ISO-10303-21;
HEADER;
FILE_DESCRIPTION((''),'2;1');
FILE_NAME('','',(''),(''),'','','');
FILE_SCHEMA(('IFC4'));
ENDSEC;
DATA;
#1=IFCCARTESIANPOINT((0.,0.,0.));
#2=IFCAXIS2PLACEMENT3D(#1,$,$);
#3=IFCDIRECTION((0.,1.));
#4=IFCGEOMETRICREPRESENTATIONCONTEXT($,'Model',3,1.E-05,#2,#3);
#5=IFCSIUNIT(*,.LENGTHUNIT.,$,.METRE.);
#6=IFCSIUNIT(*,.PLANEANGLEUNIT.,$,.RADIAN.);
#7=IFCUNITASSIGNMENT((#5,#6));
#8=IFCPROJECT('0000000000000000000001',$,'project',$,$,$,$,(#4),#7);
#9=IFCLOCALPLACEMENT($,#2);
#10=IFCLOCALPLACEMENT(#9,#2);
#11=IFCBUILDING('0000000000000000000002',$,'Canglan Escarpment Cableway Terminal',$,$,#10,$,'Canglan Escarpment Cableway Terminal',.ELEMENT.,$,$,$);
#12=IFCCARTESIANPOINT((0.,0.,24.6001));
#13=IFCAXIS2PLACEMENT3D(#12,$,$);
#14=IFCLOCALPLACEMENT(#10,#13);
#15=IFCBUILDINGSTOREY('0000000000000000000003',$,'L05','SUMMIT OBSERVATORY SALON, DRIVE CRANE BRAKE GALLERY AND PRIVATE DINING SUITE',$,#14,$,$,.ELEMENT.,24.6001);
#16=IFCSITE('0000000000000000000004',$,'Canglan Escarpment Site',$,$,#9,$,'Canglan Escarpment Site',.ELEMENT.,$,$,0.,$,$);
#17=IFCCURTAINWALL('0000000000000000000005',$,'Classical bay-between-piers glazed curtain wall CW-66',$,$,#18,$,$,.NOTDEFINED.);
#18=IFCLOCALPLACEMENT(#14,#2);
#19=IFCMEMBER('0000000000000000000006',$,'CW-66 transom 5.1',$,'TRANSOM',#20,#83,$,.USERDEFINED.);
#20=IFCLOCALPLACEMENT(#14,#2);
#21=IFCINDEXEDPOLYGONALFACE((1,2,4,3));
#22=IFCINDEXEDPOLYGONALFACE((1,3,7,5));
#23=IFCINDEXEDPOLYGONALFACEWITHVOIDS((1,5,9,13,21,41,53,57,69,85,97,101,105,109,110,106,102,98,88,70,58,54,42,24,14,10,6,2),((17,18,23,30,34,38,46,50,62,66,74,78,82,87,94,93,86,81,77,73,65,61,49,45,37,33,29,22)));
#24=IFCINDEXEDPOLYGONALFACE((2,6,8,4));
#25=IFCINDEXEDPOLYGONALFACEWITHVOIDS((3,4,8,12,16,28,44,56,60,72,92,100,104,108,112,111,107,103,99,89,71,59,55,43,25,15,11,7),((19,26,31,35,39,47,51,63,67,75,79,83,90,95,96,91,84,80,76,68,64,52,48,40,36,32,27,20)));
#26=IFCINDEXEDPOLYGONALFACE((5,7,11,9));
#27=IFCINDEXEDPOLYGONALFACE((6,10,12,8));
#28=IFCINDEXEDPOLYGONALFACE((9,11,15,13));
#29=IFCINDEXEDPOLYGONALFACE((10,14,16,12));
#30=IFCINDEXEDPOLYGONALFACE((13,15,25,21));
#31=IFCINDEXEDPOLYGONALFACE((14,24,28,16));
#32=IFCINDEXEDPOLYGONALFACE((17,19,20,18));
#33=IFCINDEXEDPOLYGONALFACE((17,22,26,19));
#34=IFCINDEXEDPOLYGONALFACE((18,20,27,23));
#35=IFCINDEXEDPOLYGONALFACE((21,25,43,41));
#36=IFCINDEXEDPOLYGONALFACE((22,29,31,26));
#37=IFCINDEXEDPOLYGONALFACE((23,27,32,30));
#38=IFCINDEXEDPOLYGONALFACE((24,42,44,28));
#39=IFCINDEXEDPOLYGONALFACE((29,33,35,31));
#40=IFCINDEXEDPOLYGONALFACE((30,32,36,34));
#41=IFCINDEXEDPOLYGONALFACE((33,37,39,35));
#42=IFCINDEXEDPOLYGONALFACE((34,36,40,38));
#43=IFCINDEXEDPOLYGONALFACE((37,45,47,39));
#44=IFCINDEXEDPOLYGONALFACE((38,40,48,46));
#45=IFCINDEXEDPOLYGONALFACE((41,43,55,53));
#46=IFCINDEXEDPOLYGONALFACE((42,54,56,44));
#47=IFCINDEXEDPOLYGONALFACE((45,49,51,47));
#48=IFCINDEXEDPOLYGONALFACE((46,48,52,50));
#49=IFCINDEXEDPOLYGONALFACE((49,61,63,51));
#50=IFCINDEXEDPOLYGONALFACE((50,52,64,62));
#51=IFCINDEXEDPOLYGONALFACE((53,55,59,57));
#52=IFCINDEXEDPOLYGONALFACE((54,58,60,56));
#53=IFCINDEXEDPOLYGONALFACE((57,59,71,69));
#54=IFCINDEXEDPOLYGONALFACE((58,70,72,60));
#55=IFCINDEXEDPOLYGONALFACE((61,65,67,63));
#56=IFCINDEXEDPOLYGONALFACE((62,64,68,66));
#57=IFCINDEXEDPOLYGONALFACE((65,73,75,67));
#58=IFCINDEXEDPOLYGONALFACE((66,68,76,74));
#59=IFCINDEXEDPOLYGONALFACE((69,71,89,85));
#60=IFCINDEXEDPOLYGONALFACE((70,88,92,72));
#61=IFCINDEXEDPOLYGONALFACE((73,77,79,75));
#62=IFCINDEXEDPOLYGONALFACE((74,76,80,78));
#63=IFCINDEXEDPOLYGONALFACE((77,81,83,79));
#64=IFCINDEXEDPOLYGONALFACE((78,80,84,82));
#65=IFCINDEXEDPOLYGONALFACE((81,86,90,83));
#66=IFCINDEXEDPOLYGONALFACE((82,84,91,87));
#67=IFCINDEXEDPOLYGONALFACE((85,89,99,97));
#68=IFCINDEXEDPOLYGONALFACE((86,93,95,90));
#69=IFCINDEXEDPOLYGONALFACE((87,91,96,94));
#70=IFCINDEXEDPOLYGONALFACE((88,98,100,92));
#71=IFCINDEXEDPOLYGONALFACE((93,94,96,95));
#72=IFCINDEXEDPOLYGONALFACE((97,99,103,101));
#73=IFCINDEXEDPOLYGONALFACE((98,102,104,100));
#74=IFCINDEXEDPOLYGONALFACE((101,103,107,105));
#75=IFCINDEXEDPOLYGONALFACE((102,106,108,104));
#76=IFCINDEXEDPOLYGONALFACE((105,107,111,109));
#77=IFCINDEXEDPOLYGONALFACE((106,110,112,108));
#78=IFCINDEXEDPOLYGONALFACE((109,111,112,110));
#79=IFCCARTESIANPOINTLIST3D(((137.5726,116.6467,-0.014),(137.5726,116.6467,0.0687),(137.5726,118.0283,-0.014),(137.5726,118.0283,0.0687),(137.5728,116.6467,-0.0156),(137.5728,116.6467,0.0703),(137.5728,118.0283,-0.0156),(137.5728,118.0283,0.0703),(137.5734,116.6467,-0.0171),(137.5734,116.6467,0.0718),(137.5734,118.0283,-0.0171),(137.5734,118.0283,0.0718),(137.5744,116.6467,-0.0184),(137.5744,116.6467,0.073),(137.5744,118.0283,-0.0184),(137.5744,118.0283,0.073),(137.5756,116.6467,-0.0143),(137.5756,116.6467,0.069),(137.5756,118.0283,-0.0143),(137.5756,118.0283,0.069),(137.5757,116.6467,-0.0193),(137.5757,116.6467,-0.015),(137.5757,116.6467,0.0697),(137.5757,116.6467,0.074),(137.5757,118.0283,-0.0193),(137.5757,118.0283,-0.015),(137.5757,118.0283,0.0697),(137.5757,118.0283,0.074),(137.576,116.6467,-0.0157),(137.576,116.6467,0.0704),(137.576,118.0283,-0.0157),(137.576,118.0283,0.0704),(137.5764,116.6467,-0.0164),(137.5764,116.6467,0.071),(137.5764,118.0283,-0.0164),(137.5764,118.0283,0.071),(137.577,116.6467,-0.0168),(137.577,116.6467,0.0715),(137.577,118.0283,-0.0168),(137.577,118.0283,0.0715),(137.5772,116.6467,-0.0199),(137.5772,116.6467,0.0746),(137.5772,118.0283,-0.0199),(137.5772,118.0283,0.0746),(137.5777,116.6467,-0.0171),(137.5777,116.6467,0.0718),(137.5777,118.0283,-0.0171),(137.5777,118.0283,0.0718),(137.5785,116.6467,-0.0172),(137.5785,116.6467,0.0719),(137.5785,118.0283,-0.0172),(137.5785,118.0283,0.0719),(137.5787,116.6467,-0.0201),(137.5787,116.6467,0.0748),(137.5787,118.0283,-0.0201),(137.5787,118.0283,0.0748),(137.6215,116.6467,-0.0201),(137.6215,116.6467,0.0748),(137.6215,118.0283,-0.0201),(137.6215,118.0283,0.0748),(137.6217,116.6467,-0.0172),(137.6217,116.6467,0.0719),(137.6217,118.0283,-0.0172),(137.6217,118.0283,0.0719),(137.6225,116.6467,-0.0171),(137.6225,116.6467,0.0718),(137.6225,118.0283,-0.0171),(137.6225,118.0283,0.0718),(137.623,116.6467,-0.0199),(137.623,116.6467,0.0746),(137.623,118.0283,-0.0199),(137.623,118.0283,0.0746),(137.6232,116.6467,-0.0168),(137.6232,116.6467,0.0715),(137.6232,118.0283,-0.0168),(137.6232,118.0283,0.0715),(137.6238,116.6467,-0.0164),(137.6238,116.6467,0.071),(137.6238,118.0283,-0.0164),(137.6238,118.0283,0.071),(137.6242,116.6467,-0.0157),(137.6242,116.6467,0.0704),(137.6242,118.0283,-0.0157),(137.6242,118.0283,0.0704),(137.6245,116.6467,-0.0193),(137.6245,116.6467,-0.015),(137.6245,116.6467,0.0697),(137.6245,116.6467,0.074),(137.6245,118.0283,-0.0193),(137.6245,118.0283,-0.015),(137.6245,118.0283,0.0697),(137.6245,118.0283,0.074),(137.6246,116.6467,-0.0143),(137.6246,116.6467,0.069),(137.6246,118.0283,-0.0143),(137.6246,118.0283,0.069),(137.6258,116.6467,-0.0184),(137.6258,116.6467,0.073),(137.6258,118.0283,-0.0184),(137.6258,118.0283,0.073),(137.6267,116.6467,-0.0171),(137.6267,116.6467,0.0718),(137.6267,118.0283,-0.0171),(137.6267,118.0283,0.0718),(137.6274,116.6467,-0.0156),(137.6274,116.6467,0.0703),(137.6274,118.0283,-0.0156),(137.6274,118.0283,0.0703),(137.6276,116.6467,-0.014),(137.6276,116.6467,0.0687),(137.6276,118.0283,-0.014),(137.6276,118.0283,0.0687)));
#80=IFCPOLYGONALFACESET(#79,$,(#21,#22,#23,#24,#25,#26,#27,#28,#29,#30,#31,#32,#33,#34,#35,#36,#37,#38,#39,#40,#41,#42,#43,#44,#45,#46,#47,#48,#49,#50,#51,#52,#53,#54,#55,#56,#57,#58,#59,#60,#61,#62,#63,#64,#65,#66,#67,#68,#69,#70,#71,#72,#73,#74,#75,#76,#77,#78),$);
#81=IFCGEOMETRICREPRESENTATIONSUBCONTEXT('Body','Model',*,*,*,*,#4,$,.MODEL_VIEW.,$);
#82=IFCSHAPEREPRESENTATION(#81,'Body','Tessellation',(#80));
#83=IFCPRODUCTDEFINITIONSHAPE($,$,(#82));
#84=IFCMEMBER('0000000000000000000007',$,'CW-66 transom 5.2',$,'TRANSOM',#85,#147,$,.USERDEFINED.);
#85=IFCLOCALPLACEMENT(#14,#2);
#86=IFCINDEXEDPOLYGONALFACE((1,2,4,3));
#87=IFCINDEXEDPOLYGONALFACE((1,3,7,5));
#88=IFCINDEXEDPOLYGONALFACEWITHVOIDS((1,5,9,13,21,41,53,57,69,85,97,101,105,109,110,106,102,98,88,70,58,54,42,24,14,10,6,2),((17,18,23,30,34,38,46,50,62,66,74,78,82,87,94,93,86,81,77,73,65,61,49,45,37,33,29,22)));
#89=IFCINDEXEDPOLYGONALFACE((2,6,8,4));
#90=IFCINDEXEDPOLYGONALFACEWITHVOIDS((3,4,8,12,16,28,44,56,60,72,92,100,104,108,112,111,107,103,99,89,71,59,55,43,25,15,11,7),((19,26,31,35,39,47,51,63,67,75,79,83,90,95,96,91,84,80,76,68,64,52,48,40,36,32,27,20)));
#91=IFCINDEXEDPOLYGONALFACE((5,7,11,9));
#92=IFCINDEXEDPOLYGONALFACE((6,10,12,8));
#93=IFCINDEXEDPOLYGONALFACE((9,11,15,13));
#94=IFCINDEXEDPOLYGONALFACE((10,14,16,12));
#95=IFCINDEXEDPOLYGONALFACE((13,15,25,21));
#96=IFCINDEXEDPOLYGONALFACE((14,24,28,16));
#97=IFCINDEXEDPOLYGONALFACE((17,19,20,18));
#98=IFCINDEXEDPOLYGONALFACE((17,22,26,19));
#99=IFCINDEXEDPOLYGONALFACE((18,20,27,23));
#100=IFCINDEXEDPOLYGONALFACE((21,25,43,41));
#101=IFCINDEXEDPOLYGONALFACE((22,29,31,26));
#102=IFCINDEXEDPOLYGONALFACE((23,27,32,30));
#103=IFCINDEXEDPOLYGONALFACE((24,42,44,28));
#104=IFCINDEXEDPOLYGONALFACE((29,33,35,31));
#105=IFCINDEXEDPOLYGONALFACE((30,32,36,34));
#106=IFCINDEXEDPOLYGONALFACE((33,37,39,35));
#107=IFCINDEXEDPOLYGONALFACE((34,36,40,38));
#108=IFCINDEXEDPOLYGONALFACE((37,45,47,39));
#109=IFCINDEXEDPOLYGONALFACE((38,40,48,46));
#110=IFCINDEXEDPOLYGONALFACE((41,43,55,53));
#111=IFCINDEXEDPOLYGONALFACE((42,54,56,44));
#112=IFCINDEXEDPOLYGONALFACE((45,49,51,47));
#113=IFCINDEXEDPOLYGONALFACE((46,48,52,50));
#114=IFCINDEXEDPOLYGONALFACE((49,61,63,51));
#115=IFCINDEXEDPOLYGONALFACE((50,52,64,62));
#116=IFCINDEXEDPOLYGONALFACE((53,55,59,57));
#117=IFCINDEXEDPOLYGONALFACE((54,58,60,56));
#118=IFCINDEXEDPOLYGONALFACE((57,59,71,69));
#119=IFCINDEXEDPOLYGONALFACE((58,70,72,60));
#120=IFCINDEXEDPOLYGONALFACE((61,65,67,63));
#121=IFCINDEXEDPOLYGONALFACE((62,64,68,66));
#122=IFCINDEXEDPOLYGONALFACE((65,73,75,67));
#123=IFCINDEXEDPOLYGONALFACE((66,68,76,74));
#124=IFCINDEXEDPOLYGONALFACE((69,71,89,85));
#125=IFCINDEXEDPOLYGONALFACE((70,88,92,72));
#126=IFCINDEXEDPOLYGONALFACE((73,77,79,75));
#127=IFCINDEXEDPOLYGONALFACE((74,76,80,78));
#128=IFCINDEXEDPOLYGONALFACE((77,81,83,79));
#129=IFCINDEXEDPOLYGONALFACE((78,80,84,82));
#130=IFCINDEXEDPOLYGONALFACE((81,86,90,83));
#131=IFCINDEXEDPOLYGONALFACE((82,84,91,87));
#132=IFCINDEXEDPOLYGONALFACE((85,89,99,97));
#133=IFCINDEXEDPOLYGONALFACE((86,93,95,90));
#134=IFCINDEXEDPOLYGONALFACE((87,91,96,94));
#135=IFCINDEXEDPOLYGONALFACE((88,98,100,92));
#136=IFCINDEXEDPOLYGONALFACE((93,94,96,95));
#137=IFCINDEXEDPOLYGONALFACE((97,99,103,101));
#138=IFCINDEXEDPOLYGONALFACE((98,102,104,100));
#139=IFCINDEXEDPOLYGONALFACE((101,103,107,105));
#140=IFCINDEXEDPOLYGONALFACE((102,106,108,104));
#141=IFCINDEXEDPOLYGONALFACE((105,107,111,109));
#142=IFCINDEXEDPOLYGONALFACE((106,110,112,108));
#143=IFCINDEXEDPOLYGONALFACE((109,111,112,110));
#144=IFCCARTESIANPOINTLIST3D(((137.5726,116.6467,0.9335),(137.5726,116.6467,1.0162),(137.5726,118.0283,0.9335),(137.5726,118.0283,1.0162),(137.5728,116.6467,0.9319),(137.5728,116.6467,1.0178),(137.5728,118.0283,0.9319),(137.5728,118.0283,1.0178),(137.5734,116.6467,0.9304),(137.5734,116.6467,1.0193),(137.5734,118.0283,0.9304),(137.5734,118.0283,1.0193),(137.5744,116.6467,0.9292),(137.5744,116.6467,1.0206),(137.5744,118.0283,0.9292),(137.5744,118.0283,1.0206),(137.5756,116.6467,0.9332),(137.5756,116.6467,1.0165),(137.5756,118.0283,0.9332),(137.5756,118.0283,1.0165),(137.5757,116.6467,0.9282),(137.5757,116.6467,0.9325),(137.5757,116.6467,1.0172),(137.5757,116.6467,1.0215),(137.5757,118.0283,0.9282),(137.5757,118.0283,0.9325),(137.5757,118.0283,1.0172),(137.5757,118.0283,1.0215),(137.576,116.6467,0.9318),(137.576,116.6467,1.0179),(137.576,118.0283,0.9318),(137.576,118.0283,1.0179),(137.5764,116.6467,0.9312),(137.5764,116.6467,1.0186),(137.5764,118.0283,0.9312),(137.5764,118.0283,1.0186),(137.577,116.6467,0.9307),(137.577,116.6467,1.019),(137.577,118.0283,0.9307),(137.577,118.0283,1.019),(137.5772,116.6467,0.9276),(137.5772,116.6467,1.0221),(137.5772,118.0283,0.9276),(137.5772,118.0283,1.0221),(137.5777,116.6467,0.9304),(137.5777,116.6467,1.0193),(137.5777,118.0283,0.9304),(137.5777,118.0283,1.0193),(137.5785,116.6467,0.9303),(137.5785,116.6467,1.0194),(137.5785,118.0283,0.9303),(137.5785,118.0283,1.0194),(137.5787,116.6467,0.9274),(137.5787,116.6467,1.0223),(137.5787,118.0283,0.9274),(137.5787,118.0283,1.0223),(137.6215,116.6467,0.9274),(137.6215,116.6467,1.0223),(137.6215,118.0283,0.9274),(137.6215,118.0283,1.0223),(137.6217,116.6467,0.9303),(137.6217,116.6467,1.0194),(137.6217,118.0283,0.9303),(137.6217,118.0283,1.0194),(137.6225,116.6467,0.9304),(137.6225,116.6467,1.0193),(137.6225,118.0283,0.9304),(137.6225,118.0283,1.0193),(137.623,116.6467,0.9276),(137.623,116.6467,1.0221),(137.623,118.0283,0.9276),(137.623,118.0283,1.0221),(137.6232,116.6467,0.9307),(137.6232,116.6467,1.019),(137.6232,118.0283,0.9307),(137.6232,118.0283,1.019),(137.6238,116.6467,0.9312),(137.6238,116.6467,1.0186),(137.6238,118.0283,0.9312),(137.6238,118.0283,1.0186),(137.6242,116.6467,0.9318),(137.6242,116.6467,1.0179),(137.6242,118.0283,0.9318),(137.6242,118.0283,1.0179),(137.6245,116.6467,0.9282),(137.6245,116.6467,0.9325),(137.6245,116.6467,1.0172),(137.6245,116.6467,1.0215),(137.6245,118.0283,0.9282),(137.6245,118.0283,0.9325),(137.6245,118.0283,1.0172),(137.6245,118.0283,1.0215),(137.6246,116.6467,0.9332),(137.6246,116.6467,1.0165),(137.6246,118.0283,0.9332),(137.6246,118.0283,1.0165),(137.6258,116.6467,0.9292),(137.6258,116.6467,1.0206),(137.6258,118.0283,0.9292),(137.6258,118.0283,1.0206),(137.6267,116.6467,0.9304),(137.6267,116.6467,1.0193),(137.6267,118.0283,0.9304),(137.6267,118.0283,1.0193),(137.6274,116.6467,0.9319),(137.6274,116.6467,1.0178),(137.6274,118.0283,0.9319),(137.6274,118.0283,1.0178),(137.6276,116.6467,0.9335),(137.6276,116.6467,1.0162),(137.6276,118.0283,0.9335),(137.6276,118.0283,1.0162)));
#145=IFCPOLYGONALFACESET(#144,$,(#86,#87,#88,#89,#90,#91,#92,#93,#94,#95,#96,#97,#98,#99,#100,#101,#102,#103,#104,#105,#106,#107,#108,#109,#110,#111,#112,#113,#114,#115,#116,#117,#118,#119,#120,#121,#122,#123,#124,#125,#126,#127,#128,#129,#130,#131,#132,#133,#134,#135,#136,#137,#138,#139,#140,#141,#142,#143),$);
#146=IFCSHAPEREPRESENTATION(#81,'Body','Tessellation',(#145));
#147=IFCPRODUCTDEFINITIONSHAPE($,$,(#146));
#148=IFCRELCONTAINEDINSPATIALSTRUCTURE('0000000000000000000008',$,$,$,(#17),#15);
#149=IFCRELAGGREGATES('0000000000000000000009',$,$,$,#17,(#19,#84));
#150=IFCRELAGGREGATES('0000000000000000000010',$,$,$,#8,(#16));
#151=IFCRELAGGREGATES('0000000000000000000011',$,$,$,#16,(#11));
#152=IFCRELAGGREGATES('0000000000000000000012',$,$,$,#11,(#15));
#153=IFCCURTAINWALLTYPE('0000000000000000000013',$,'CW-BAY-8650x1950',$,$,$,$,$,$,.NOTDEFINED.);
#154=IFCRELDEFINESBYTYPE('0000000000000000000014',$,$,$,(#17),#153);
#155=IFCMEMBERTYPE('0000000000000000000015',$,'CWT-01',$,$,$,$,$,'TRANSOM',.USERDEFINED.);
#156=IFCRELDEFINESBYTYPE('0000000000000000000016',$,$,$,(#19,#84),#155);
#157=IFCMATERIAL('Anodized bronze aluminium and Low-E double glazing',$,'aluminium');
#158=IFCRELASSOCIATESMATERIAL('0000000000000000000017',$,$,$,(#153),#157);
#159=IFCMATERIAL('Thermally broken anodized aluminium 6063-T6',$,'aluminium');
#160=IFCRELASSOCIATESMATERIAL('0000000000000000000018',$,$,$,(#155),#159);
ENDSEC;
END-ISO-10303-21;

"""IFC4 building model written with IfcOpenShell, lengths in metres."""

from ifc_helpers import new_model, si_unit, direction, frame, origin, origin_2d, place, context, subcontext, project, spatial, hollow_rectangle, extrude, material, material_profile, profile_set, type_object, element, aggregate, save


model = new_model("IFC4")

# Units and contexts
model_context = context("Model", 3, precision=1e-05, world=origin(), true_north=direction((0.0, 1.0)))
body_context = subcontext(model_context, "Body", "Model", "MODEL_VIEW")
ifc_project = project(units=[si_unit("LENGTHUNIT", "METRE"), si_unit("PLANEANGLEUNIT", "RADIAN")], contexts=[model_context])

# Site, building, storey
site_placement = place(None, origin())
site = spatial("IfcSite", under=ifc_project, at=site_placement, Name="Canglan Escarpment Site", LongName="Canglan Escarpment Site", CompositionType="ELEMENT", RefElevation=0.0)
building_placement = place(site_placement, origin())
building = spatial("IfcBuilding", under=site, at=building_placement, Name="Canglan Escarpment Cableway Terminal", LongName="Canglan Escarpment Cableway Terminal", CompositionType="ELEMENT")
storey_placement = place(building_placement, frame((0.0, 0.0, 24.6001)))
storey = spatial("IfcBuildingStorey", under=building, at=storey_placement, Name="L05", Description="SUMMIT OBSERVATORY SALON, DRIVE CRANE BRAKE GALLERY AND PRIVATE DINING SUITE", CompositionType="ELEMENT", Elevation=24.6001)

# Curtain wall
ifc_material_1 = material(Name="Anodized bronze aluminium and Low-E double glazing", Category="aluminium")
curtain_wall_type = type_object("IfcCurtainWallType", Name="CW-BAY-8650x1950", PredefinedType="NOTDEFINED", material=ifc_material_1)
curtain_wall_1_placement = place(storey_placement, origin())
curtain_wall_1 = element("IfcCurtainWall", 1, at=curtain_wall_1_placement, inside=storey, type_object=curtain_wall_type, Name="Classical bay-between-piers glazed curtain wall CW-66", PredefinedType="NOTDEFINED")
ifc_material_2 = material(Name="Thermally broken anodized aluminium 6063-T6", Category="aluminium")

# Members
ifc_material_profile_1 = material_profile(ifc_material_2, hollow_rectangle(XDim=0.0549, YDim=0.095, WallThickness=0.0029, InnerFilletRadius=0.0029, OuterFilletRadius=0.0061, at=origin_2d()), Name="ALU-TRAN 55x95x3")
ifc_profile_set_1 = profile_set([ifc_material_profile_1], Name="Thermally broken anodized aluminium 6063-T6")
member_type_1 = type_object("IfcMemberType", Name="CWT-01", ElementType="TRANSOM", PredefinedType="USERDEFINED", material=ifc_profile_set_1)
member_1_placement = place(storey_placement, frame((137.6001, 118.0283, 0.0273), z_axis=(0.0, -1.0, 0.0), x_axis=(1.0, 0.0, 0.0)))
member_1 = element("IfcMember", 2, at=member_1_placement, type_object=member_type_1, Name="CW-66 transom 5.1", ObjectType="TRANSOM", PredefinedType="USERDEFINED", context=body_context, shape_type="SweptSolid", body=[
    extrude(hollow_rectangle(XDim=0.0549, YDim=0.095, WallThickness=0.0029, InnerFilletRadius=0.0029, OuterFilletRadius=0.0061, at=origin_2d()), origin(), (0.0, 0.0, 1.0), 1.3816),
])
member_2_placement = place(storey_placement, frame((137.6001, 118.0283, 0.9749), z_axis=(0.0, -1.0, 0.0), x_axis=(1.0, 0.0, 0.0)))
member_2 = element("IfcMember", 3, at=member_2_placement, type_object=member_type_1, Name="CW-66 transom 5.2", ObjectType="TRANSOM", PredefinedType="USERDEFINED", context=body_context, shape_type="SweptSolid", body=[
    extrude(hollow_rectangle(XDim=0.0549, YDim=0.095, WallThickness=0.0029, InnerFilletRadius=0.0029, OuterFilletRadius=0.0061, at=origin_2d()), origin(), (0.0, 0.0, 1.0), 1.3816),
])

aggregate(curtain_wall_1, [member_1, member_2])

save(model, "model.ifc")
